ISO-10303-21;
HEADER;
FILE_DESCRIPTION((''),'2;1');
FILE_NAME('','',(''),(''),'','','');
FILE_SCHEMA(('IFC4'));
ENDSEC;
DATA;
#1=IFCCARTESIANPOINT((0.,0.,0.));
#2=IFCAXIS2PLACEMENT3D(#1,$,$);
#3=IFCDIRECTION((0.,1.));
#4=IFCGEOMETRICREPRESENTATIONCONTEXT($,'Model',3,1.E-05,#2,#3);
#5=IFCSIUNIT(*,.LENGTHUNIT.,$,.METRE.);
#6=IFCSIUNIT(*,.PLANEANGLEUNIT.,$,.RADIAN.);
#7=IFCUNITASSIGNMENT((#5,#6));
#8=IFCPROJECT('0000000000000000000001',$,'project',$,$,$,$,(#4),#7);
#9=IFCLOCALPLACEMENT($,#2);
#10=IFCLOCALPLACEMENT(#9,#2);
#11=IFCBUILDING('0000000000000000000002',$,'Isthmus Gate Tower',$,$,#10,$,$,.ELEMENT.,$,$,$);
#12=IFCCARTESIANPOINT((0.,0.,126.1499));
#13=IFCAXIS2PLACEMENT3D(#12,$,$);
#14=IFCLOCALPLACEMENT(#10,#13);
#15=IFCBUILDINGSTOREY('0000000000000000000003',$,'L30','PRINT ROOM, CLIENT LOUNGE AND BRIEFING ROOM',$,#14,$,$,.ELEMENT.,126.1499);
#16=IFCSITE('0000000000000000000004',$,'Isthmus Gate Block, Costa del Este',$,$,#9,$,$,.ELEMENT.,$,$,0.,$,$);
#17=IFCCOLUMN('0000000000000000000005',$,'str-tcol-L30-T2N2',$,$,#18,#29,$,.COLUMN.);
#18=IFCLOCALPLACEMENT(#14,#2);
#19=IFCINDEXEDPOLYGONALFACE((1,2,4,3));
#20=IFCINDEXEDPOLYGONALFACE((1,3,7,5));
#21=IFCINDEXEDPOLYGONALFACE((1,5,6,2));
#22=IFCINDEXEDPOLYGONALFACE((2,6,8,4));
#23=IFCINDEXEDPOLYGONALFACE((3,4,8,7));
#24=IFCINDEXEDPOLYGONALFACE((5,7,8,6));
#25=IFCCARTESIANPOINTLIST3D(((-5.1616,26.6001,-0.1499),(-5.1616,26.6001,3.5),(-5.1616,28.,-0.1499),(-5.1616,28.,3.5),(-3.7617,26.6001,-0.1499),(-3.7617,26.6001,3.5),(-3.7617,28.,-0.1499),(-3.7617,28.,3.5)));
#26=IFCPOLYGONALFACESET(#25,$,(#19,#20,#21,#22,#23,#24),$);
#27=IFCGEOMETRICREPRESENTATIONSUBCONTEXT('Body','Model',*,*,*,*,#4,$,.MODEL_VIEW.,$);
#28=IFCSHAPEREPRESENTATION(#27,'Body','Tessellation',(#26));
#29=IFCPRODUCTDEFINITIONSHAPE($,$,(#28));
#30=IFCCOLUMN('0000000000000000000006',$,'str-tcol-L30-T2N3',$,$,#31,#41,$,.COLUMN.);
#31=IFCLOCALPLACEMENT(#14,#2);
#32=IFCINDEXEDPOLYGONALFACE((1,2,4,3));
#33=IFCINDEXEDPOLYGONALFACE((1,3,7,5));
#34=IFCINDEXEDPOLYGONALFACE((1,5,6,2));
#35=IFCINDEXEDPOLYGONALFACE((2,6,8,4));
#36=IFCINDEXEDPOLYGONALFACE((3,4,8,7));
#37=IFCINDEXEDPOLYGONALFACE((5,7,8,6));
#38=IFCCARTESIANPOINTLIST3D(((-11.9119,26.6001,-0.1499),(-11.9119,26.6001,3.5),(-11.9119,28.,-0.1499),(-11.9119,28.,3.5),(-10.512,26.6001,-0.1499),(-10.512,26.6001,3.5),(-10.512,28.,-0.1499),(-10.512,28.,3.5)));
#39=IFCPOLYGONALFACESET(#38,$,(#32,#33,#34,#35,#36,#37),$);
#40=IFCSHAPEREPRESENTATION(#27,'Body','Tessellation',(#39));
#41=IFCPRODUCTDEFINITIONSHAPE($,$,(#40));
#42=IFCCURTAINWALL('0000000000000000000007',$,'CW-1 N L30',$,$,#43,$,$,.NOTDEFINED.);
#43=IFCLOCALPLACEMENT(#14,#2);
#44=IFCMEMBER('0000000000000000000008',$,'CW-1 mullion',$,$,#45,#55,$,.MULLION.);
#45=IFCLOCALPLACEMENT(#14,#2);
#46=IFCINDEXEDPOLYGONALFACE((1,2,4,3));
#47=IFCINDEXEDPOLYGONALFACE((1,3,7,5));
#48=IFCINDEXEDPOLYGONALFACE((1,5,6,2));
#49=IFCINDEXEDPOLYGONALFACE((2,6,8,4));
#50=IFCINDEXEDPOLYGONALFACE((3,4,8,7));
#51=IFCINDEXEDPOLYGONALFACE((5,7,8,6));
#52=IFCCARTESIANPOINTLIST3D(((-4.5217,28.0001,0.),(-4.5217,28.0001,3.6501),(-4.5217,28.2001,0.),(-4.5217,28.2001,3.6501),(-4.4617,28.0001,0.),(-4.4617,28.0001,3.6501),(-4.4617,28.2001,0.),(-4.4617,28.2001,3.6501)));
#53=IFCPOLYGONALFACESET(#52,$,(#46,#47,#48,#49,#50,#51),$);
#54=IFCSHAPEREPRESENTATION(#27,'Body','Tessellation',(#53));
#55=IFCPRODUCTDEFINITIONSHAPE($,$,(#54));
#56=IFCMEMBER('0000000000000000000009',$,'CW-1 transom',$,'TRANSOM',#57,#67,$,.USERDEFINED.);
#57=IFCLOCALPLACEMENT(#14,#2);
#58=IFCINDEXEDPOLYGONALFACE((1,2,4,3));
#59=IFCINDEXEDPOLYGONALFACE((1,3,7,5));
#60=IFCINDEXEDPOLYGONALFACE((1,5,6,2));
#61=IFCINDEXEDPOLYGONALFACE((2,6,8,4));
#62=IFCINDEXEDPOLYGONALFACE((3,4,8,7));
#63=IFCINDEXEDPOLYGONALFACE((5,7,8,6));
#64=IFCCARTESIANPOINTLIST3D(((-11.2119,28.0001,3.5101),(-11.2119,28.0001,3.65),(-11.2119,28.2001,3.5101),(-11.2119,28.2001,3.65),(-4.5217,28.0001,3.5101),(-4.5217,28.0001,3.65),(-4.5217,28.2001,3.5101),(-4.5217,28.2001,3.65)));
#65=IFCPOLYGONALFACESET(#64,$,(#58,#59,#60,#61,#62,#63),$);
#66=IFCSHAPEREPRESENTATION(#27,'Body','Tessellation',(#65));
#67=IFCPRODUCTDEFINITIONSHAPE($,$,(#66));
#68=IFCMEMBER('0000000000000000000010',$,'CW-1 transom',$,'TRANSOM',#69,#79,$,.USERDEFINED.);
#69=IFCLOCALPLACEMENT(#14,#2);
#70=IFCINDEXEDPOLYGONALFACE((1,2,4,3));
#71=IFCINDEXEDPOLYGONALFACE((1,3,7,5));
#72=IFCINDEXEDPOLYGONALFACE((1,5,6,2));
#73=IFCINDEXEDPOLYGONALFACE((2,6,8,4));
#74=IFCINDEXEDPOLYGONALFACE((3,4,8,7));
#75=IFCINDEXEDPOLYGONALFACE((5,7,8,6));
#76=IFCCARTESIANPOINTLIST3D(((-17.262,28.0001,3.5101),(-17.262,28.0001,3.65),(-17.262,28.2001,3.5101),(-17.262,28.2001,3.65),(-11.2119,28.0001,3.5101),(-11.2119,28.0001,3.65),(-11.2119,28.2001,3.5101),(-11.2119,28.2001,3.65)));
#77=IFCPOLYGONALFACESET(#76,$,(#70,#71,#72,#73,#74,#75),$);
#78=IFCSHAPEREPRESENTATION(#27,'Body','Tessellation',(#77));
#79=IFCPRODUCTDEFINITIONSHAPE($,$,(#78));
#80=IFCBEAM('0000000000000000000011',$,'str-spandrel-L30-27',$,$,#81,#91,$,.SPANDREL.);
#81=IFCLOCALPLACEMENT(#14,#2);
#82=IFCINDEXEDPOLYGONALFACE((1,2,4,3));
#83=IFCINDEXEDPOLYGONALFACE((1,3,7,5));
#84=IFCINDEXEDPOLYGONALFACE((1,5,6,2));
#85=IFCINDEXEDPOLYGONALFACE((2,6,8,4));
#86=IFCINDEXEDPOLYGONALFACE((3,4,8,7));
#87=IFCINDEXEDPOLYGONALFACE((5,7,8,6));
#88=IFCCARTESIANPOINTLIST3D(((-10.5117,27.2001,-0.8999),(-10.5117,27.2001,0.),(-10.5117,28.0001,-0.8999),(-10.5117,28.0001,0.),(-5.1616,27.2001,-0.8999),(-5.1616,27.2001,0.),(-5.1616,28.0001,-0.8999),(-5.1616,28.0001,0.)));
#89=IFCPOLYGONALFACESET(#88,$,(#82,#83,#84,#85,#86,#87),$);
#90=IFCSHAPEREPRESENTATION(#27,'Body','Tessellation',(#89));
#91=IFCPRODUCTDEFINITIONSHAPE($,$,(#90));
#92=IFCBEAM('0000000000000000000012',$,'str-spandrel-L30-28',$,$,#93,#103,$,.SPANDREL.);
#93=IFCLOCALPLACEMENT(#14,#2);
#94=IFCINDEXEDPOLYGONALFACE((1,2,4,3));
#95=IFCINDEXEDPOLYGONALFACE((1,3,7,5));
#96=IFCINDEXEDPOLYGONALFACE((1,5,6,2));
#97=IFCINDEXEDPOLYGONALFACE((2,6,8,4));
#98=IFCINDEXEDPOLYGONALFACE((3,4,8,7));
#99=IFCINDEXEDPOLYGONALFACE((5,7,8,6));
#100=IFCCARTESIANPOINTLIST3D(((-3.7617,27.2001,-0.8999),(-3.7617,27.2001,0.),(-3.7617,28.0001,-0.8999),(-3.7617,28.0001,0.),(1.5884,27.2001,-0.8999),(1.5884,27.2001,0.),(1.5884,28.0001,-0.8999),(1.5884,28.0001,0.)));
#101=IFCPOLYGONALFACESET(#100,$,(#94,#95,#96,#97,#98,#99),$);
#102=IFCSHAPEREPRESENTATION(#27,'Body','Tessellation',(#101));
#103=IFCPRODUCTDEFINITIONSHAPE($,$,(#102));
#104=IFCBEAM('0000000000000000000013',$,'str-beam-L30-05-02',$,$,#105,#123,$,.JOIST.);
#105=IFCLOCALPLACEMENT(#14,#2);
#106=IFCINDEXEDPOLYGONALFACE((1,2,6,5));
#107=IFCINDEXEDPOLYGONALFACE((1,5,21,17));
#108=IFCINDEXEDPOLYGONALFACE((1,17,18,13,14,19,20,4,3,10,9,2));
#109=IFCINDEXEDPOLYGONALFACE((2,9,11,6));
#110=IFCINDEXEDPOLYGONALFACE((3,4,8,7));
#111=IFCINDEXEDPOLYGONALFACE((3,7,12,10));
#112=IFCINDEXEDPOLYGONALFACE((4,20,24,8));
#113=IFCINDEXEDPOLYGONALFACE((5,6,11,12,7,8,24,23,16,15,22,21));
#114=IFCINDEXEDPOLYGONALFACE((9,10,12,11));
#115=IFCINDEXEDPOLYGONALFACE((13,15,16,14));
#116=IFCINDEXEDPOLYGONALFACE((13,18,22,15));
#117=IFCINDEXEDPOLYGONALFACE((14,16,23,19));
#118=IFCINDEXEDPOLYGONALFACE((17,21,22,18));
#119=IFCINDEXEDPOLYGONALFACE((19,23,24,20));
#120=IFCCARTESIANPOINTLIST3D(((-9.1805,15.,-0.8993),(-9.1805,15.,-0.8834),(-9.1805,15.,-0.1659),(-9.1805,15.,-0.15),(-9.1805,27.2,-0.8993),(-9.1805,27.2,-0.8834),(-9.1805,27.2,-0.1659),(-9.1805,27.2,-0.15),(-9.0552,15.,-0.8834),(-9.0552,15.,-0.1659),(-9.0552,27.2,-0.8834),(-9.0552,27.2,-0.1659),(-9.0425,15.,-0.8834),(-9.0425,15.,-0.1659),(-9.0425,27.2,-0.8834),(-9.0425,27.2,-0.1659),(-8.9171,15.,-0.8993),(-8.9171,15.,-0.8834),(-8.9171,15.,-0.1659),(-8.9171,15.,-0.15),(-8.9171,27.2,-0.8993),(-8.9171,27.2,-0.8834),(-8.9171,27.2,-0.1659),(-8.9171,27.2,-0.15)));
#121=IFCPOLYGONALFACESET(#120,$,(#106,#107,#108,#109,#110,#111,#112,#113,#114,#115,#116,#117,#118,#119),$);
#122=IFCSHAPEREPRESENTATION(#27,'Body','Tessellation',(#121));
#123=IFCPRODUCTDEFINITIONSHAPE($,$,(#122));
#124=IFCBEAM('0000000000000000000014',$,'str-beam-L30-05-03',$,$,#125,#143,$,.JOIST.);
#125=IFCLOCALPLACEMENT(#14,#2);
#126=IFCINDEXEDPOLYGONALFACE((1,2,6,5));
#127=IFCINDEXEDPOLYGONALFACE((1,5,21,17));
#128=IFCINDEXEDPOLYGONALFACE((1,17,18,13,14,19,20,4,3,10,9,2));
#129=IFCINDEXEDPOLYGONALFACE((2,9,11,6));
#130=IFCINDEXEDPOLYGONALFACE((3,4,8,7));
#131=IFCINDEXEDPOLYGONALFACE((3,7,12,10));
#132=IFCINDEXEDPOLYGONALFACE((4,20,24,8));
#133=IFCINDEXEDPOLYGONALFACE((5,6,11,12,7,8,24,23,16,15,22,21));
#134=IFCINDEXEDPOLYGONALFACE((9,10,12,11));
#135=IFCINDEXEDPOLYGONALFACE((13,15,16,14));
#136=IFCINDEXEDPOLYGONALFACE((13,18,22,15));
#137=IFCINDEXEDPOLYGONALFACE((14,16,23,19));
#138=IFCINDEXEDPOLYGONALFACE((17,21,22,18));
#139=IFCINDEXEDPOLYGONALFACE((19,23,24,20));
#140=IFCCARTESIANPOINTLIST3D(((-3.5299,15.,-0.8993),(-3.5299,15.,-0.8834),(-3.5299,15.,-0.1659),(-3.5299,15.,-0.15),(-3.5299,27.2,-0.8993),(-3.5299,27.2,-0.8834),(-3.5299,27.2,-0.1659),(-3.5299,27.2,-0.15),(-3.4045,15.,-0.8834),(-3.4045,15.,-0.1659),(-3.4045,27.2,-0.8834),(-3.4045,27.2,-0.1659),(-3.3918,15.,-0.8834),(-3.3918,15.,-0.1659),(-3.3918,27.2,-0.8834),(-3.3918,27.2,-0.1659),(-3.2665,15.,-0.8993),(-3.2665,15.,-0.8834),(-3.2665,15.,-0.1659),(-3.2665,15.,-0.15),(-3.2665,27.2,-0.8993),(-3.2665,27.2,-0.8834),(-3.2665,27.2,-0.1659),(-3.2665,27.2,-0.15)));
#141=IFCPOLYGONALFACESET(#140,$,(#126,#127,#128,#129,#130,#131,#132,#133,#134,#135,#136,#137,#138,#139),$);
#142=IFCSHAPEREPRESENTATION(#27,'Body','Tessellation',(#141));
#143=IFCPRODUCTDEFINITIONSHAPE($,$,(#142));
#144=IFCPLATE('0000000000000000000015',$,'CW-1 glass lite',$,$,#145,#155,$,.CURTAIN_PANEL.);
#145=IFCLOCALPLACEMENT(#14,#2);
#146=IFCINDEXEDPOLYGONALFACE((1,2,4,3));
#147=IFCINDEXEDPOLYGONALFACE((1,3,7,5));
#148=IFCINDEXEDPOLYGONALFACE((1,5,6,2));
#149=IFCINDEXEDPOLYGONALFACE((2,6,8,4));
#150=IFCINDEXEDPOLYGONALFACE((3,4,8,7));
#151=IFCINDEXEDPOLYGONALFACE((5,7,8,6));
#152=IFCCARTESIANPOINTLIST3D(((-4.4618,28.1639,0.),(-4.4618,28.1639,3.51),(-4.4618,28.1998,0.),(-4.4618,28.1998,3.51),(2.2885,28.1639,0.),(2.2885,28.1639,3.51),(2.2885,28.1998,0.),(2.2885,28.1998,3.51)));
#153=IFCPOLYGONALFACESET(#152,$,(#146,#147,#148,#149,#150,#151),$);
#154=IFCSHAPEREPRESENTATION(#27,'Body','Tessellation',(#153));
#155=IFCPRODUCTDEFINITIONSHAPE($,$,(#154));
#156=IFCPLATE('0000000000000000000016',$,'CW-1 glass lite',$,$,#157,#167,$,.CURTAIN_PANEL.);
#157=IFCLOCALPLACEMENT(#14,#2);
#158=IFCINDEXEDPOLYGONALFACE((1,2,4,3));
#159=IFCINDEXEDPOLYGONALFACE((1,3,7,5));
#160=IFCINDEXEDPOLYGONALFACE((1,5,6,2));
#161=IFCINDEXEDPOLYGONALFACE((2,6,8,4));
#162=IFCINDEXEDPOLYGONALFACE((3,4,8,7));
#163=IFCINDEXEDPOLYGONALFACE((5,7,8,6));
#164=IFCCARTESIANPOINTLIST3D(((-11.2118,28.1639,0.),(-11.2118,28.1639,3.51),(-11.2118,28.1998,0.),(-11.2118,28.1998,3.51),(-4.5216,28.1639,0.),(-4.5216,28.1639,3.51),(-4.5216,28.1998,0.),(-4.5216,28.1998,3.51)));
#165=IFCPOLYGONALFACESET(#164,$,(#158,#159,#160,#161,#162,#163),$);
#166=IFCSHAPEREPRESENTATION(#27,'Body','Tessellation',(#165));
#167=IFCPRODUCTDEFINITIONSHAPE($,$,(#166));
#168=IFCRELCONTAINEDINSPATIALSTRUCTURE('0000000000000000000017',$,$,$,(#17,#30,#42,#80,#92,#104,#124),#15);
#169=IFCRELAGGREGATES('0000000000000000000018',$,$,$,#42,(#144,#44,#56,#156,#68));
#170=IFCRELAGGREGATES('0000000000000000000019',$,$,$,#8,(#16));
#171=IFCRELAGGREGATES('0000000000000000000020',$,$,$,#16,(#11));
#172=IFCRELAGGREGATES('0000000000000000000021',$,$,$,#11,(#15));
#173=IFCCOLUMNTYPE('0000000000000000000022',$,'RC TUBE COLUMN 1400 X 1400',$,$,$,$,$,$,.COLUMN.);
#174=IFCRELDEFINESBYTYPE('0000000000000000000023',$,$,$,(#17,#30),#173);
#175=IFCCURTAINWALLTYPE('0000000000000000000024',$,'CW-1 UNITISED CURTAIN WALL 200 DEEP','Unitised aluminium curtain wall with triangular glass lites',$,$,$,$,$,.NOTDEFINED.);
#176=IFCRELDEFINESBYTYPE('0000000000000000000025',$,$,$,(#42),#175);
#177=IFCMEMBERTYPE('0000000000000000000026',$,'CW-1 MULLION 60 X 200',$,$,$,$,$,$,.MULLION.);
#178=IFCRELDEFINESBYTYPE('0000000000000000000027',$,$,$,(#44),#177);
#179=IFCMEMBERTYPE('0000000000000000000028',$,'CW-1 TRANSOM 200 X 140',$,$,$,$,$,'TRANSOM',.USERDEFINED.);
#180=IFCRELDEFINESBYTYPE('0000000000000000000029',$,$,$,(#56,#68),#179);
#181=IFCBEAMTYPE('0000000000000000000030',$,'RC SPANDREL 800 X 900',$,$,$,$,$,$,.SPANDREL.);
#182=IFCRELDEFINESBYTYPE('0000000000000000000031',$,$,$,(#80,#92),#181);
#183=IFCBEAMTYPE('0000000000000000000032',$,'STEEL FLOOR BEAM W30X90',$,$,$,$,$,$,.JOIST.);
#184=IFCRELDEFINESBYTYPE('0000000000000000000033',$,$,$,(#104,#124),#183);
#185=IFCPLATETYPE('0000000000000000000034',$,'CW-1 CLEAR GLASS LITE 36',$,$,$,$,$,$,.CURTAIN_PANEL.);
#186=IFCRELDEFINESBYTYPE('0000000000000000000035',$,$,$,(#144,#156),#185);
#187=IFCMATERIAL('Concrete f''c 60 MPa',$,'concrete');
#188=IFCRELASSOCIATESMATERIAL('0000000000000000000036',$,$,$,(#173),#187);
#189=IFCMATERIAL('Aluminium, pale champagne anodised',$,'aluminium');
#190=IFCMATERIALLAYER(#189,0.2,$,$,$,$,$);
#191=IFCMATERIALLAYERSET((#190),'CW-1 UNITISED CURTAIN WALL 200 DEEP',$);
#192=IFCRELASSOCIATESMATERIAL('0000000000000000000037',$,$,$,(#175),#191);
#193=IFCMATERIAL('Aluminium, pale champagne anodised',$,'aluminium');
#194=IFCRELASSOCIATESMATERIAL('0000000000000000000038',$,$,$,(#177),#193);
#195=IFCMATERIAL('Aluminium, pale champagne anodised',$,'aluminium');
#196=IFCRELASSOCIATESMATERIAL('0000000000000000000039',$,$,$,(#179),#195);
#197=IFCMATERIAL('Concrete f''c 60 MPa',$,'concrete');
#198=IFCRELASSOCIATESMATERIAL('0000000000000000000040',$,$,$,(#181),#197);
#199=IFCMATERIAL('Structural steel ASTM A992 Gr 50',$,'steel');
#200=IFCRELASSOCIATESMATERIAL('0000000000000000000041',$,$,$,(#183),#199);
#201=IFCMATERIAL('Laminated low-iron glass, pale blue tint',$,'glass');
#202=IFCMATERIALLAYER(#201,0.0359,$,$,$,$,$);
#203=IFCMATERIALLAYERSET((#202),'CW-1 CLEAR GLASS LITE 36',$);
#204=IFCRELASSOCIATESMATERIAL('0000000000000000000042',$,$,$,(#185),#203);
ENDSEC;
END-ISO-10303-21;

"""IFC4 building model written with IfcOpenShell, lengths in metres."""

from ifc_helpers import new_model, si_unit, direction, frame, origin, origin_2d, place, context, subcontext, project, spatial, rectangle, i_section, extrude, material, layer, layer_set, material_profile, profile_set, type_object, element, aggregate, save


model = new_model("IFC4")

# Units and contexts
model_context = context("Model", 3, precision=1e-05, world=origin(), true_north=direction((0.0, 1.0)))
body_context = subcontext(model_context, "Body", "Model", "MODEL_VIEW")
ifc_project = project(units=[si_unit("LENGTHUNIT", "METRE"), si_unit("PLANEANGLEUNIT", "RADIAN")], contexts=[model_context])

# Site, building, storey
site_placement = place(None, origin())
site = spatial("IfcSite", under=ifc_project, at=site_placement, Name="Isthmus Gate Block, Costa del Este", CompositionType="ELEMENT", RefElevation=0.0)
building_placement = place(site_placement, origin())
building = spatial("IfcBuilding", under=site, at=building_placement, Name="Isthmus Gate Tower", CompositionType="ELEMENT")
storey_placement = place(building_placement, frame((0.0, 0.0, 126.1499)))
storey = spatial("IfcBuildingStorey", under=building, at=storey_placement, Name="L30", Description="PRINT ROOM, CLIENT LOUNGE AND BRIEFING ROOM", CompositionType="ELEMENT", Elevation=126.1499)

# Columns
ifc_material_1 = material(Name="Concrete f'c 60 MPa", Category="concrete")
ifc_material_profile_1 = material_profile(ifc_material_1, rectangle(XDim=1.3999, YDim=1.3999, at=origin_2d()), Name="RC 1400X1400")
ifc_profile_set_1 = profile_set([ifc_material_profile_1], Name="Concrete f'c 60 MPa")
column_type = type_object("IfcColumnType", Name="RC TUBE COLUMN 1400 X 1400", PredefinedType="COLUMN", material=ifc_profile_set_1)
for number, where, z_axis, x_axis, name in (
    (1, (-4.4617, 27.3, -0.1499), (0.0, 0.0, 1.0), (-1.0, 0.0, 0.0), "str-tcol-L30-T2N2"),
    (2, (-11.2119, 27.3, -0.1499), (0.0, 0.0, 1.0), (-1.0, 0.0, 0.0), "str-tcol-L30-T2N3"),
):
    element("IfcColumn", number, at=place(storey_placement, frame(where, z_axis=z_axis, x_axis=x_axis)), inside=storey, type_object=column_type, Name=name, PredefinedType="COLUMN", context=body_context, shape_type="SweptSolid", body=[
        extrude(rectangle(XDim=1.3999, YDim=1.3999, at=origin_2d()), origin(), (0.0, 0.0, 1.0), 3.6499),
    ])

# Curtain wall, members
ifc_material_2 = material(Name="Aluminium, pale champagne anodised", Category="aluminium")
ifc_layer_1 = layer(ifc_material_2, 0.2)
ifc_layer_set_1 = layer_set([ifc_layer_1], Name="CW-1 UNITISED CURTAIN WALL 200 DEEP")
curtain_wall_type = type_object("IfcCurtainWallType", Name="CW-1 UNITISED CURTAIN WALL 200 DEEP", Description="Unitised aluminium curtain wall with triangular glass lites", PredefinedType="NOTDEFINED", material=ifc_layer_set_1)
curtain_wall_placement = place(storey_placement, origin())
curtain_wall = element("IfcCurtainWall", 3, at=curtain_wall_placement, inside=storey, type_object=curtain_wall_type, Name="CW-1 N L30", PredefinedType="NOTDEFINED")
ifc_material_3 = material(Name="Aluminium, pale champagne anodised", Category="aluminium")
ifc_material_profile_2 = material_profile(ifc_material_3, rectangle(XDim=0.0601, YDim=0.2, at=origin_2d()), Name="60x200")
ifc_profile_set_2 = profile_set([ifc_material_profile_2], Name="Aluminium, pale champagne anodised")
member_type_1 = type_object("IfcMemberType", Name="CW-1 MULLION 60 X 200", PredefinedType="MULLION", material=ifc_profile_set_2)
member_1_placement = place(storey_placement, frame((-4.4917, 28.1001, 0.0), z_axis=(0.0, 0.0, 1.0), x_axis=(-1.0, 0.0, 0.0)))
member_1 = element("IfcMember", 4, at=member_1_placement, type_object=member_type_1, Name="CW-1 mullion", PredefinedType="MULLION", context=body_context, shape_type="SweptSolid", body=[
    extrude(rectangle(XDim=0.0601, YDim=0.2, at=origin_2d()), origin(), (0.0, 0.0, 1.0), 3.6501),
])
ifc_material_4 = material(Name="Aluminium, pale champagne anodised", Category="aluminium")
ifc_material_profile_3 = material_profile(ifc_material_4, rectangle(XDim=0.2, YDim=0.1399, at=origin_2d()), Name="200x140")
ifc_profile_set_3 = profile_set([ifc_material_profile_3], Name="Aluminium, pale champagne anodised")
member_type_2 = type_object("IfcMemberType", Name="CW-1 TRANSOM 200 X 140", ElementType="TRANSOM", PredefinedType="USERDEFINED", material=ifc_profile_set_3)
member_2_placement = place(storey_placement, frame((-4.5217, 28.1001, 3.5801), z_axis=(-1.0, 0.0, 0.0), x_axis=(0.0, -1.0, 0.0)))
member_2 = element("IfcMember", 5, at=member_2_placement, type_object=member_type_2, Name="CW-1 transom", ObjectType="TRANSOM", PredefinedType="USERDEFINED", context=body_context, shape_type="SweptSolid", body=[
    extrude(rectangle(XDim=0.2, YDim=0.1399, at=origin_2d()), origin(), (0.0, 0.0, 1.0), 6.6902),
])
member_3_placement = place(storey_placement, frame((-11.2119, 28.1001, 3.5801), z_axis=(-1.0, 0.0, 0.0), x_axis=(0.0, -1.0, 0.0)))
member_3 = element("IfcMember", 6, at=member_3_placement, type_object=member_type_2, Name="CW-1 transom", ObjectType="TRANSOM", PredefinedType="USERDEFINED", context=body_context, shape_type="SweptSolid", body=[
    extrude(rectangle(XDim=0.2, YDim=0.1399, at=origin_2d()), origin(), (0.0, 0.0, 1.0), 6.05),
])

# Beams
ifc_material_5 = material(Name="Concrete f'c 60 MPa", Category="concrete")
ifc_material_profile_4 = material_profile(ifc_material_5, rectangle(XDim=0.8, YDim=0.8999, at=origin_2d()), Name="RC 800X900")
ifc_profile_set_4 = profile_set([ifc_material_profile_4], Name="Concrete f'c 60 MPa")
beam_type_1 = type_object("IfcBeamType", Name="RC SPANDREL 800 X 900", PredefinedType="SPANDREL", material=ifc_profile_set_4)
for number, where, z_axis, x_axis, name in (
    (7, (-10.5117, 27.6001, -0.45), (1.0, 0.0, 0.0), (0.0, 1.0, 0.0), "str-spandrel-L30-27"),
    (8, (-3.7617, 27.6001, -0.45), (1.0, 0.0, 0.0), (0.0, 1.0, 0.0), "str-spandrel-L30-28"),
):
    element("IfcBeam", number, at=place(storey_placement, frame(where, z_axis=z_axis, x_axis=x_axis)), inside=storey, type_object=beam_type_1, Name=name, PredefinedType="SPANDREL", context=body_context, shape_type="SweptSolid", body=[
        extrude(rectangle(XDim=0.8, YDim=0.8999, at=origin_2d()), origin(), (0.0, 0.0, 1.0), 5.3501),
    ])
ifc_material_6 = material(Name="Structural steel ASTM A992 Gr 50", Category="steel")
ifc_material_profile_5 = material_profile(ifc_material_6, i_section(OverallWidth=0.2634, OverallDepth=0.7493, WebThickness=0.0127, FlangeThickness=0.0159, at=origin_2d()), Name="W30X90")
ifc_profile_set_5 = profile_set([ifc_material_profile_5], Name="Structural steel ASTM A992 Gr 50")
beam_type_2 = type_object("IfcBeamType", Name="STEEL FLOOR BEAM W30X90", PredefinedType="JOIST", material=ifc_profile_set_5)
for number, where, z_axis, x_axis, name in (
    (9, (-9.0488, 15.0, -0.5247), (0.0, 1.0, 0.0), (-1.0, 0.0, 0.0), "str-beam-L30-05-02"),
    (10, (-3.3982, 15.0, -0.5247), (0.0, 1.0, 0.0), (-1.0, 0.0, 0.0), "str-beam-L30-05-03"),
):
    element("IfcBeam", number, at=place(storey_placement, frame(where, z_axis=z_axis, x_axis=x_axis)), inside=storey, type_object=beam_type_2, Name=name, PredefinedType="JOIST", context=body_context, shape_type="SweptSolid", body=[
        extrude(i_section(OverallWidth=0.2634, OverallDepth=0.7493, WebThickness=0.0127, FlangeThickness=0.0159, at=origin_2d()), origin(), (0.0, 0.0, 1.0), 12.2),
    ])

# Plates
ifc_material_7 = material(Name="Laminated low-iron glass, pale blue tint", Category="glass")
ifc_layer_2 = layer(ifc_material_7, 0.0359)
ifc_layer_set_2 = layer_set([ifc_layer_2], Name="CW-1 CLEAR GLASS LITE 36")
plate_type = type_object("IfcPlateType", Name="CW-1 CLEAR GLASS LITE 36", PredefinedType="CURTAIN_PANEL", material=ifc_layer_set_2)
plate_1_placement = place(storey_placement, frame((-1.0867, 28.1819, 0.0), z_axis=(0.0, 0.0, 1.0), x_axis=(-1.0, 0.0, 0.0)))
plate_1 = element("IfcPlate", 11, at=plate_1_placement, type_object=plate_type, Name="CW-1 glass lite", PredefinedType="CURTAIN_PANEL", context=body_context, shape_type="SweptSolid", body=[
    extrude(rectangle(XDim=6.7502, YDim=0.0359, at=origin_2d()), origin(), (0.0, 0.0, 1.0), 3.51),
])
plate_2_placement = place(storey_placement, frame((-7.8667, 28.1819, 0.0), z_axis=(0.0, 0.0, 1.0), x_axis=(-1.0, 0.0, 0.0)))
plate_2 = element("IfcPlate", 12, at=plate_2_placement, type_object=plate_type, Name="CW-1 glass lite", PredefinedType="CURTAIN_PANEL", context=body_context, shape_type="SweptSolid", body=[
    extrude(rectangle(XDim=6.6902, YDim=0.0359, at=origin_2d()), origin(), (0.0, 0.0, 1.0), 3.51),
])
aggregate(curtain_wall, [plate_1, member_1, member_2, plate_2, member_3])

save(model, "model.ifc")
